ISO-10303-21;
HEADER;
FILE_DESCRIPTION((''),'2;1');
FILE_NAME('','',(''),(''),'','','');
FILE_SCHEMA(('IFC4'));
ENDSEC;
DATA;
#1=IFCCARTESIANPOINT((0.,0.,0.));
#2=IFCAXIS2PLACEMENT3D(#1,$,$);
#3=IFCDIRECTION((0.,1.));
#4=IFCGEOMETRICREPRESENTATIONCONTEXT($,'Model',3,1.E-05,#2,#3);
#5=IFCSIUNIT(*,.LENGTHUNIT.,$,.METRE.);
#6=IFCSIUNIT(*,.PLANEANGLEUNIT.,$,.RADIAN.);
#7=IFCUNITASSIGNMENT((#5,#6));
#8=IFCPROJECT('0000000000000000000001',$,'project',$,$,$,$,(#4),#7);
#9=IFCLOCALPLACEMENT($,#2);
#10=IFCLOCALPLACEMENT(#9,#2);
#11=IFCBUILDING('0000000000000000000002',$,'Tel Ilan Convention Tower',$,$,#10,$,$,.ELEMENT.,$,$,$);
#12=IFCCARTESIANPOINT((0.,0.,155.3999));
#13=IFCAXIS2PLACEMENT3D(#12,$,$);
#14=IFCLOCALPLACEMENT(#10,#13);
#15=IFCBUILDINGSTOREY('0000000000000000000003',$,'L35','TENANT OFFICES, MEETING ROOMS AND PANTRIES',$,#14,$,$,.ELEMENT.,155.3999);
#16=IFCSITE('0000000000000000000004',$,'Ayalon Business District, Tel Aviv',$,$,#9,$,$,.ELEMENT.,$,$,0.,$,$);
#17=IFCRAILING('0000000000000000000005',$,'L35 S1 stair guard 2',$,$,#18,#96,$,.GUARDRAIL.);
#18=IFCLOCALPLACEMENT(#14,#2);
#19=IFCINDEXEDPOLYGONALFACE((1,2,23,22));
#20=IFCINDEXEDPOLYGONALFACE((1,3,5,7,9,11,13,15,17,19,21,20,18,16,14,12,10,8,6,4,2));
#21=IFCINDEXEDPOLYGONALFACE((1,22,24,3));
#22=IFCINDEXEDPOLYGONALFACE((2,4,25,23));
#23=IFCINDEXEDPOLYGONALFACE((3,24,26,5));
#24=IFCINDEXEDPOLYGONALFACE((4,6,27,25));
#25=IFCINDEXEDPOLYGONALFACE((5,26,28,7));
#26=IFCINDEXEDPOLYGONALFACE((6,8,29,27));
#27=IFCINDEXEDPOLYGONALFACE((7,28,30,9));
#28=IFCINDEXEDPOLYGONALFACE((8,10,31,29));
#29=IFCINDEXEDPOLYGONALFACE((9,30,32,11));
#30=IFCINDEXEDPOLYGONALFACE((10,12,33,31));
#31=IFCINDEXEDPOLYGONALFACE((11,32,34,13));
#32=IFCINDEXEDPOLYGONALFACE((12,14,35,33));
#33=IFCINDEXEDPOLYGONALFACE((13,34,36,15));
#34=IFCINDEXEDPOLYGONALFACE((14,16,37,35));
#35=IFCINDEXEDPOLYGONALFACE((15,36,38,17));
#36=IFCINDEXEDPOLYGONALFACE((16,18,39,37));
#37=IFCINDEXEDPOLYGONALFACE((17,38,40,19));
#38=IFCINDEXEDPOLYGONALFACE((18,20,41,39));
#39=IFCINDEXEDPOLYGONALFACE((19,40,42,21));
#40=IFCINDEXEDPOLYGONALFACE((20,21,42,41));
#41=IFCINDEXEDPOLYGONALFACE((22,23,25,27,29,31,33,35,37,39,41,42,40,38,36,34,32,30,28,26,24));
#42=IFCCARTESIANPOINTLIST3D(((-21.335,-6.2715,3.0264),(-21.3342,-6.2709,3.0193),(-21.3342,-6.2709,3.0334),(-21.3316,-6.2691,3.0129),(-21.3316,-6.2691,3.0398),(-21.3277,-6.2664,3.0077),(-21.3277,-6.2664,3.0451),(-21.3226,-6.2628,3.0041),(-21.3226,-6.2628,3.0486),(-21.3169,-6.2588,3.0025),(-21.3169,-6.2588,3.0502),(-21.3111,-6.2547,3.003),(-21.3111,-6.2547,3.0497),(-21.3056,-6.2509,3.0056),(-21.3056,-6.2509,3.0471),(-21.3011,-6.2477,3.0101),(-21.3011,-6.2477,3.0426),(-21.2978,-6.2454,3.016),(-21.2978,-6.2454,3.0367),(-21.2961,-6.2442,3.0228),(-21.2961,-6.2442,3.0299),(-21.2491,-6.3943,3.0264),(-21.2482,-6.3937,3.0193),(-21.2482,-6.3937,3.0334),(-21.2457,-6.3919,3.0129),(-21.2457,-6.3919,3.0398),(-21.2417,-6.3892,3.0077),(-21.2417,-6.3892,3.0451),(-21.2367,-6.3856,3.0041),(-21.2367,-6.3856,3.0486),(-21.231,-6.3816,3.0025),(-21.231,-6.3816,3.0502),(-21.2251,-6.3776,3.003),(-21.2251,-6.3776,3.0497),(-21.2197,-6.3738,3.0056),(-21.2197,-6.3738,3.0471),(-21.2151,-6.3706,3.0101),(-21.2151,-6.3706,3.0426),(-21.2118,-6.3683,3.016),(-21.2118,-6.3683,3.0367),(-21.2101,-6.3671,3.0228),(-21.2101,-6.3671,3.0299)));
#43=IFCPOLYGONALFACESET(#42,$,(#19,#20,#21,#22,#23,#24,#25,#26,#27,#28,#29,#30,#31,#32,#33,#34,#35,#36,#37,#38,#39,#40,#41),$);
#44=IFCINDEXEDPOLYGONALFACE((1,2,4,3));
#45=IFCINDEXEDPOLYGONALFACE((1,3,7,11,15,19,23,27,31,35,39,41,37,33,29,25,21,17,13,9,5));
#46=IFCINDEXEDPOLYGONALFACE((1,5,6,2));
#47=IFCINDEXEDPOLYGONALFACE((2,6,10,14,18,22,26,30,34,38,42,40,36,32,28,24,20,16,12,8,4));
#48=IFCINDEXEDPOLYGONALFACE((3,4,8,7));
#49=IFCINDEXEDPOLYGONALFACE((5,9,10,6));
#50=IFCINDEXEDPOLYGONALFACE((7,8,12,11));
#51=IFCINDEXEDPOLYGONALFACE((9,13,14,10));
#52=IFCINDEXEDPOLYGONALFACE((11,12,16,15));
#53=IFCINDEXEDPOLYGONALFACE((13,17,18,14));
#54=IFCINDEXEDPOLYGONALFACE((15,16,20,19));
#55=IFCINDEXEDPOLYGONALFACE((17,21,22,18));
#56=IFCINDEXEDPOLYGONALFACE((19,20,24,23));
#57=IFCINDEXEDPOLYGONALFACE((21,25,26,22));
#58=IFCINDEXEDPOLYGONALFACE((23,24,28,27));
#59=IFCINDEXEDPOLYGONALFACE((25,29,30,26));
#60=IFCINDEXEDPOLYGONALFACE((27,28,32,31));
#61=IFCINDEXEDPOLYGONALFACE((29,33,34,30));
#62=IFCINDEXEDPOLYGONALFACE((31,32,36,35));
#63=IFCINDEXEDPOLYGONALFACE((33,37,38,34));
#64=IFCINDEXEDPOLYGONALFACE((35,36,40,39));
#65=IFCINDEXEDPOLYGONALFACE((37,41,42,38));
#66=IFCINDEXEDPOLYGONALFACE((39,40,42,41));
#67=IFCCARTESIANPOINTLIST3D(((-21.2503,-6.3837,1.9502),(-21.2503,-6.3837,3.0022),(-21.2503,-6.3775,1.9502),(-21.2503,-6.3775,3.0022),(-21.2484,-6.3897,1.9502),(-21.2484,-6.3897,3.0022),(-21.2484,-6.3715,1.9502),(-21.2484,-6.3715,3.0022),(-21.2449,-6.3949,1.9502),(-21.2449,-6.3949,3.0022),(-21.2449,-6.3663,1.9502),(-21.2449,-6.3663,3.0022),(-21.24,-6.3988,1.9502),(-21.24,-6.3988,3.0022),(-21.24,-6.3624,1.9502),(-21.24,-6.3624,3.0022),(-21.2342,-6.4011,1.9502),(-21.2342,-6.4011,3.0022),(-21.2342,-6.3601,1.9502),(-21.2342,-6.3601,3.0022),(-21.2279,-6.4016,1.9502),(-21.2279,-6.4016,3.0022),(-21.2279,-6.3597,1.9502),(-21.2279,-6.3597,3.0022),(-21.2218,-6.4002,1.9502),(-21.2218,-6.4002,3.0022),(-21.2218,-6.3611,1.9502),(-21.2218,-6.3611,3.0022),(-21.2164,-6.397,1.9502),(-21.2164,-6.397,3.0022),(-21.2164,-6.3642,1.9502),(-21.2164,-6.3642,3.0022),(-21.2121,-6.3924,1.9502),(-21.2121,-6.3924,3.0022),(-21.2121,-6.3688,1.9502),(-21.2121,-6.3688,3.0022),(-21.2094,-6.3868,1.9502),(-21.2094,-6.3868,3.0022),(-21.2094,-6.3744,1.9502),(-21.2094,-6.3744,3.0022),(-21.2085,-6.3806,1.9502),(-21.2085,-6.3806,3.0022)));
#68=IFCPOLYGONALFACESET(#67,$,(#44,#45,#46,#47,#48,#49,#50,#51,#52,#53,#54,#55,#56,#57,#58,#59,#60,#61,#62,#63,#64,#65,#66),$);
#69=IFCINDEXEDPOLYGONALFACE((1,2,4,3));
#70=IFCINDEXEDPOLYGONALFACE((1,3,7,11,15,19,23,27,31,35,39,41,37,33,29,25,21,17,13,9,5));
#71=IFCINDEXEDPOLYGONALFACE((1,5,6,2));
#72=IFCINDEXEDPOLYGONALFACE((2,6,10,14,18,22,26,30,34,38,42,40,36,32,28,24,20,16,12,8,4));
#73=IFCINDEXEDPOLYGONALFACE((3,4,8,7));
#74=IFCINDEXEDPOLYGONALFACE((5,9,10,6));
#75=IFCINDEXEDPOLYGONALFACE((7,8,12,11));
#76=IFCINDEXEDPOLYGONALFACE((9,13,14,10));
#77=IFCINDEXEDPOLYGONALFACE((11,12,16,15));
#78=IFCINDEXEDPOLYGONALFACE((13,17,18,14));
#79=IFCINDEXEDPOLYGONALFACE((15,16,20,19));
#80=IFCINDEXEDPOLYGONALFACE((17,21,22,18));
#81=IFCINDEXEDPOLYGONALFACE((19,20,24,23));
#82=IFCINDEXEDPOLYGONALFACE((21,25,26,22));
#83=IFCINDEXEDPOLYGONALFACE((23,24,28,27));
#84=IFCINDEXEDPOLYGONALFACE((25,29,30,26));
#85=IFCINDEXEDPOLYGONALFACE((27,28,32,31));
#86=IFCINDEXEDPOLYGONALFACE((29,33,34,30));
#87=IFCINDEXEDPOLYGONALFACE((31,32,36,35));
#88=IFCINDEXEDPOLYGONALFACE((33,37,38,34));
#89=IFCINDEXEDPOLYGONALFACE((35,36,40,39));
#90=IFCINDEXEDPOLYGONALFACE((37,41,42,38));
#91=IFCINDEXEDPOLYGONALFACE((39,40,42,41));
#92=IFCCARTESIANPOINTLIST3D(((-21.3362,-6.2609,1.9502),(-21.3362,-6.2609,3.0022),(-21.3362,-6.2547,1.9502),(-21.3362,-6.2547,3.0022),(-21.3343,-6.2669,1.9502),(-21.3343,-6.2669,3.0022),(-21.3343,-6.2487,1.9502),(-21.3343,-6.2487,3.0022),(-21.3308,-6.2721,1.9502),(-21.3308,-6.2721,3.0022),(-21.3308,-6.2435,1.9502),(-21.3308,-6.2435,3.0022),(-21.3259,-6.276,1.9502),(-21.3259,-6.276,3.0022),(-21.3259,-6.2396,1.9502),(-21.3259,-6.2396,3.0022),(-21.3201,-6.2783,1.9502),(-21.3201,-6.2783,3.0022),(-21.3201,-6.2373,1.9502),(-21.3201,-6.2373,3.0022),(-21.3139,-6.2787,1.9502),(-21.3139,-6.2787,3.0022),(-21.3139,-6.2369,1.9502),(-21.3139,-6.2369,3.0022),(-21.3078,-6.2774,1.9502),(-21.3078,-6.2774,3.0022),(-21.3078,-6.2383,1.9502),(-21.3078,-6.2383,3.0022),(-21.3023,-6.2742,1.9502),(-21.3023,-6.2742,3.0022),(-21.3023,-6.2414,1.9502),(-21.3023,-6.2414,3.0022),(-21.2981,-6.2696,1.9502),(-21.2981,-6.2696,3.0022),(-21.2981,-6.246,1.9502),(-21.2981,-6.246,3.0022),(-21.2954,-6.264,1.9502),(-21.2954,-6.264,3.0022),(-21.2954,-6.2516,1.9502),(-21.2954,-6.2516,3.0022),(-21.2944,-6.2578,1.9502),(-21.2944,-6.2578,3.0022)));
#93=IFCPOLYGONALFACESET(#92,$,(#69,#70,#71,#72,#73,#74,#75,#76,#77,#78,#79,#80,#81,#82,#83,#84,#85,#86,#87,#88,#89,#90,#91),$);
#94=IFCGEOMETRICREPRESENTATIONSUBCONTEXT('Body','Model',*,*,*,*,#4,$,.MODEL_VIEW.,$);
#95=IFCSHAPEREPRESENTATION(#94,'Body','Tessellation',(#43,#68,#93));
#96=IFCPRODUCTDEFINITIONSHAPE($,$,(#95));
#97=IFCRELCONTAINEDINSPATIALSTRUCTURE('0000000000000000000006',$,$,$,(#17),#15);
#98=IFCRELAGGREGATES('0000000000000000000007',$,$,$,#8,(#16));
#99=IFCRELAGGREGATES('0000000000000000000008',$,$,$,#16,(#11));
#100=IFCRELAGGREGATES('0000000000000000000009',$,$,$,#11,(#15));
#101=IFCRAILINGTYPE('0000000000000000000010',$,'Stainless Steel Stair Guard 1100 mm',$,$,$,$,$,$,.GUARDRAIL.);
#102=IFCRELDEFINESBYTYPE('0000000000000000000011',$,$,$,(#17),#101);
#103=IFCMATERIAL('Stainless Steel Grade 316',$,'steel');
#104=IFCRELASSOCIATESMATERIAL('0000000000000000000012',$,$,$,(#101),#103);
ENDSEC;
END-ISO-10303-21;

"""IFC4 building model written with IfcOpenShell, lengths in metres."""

from ifc_helpers import new_model, si_unit, direction, frame, origin, origin_2d, place, context, subcontext, project, spatial, circle, extrude, material, type_object, element, save


model = new_model("IFC4")

# Units and contexts
model_context = context("Model", 3, precision=1e-05, world=origin(), true_north=direction((0.0, 1.0)))
body_context = subcontext(model_context, "Body", "Model", "MODEL_VIEW")
ifc_project = project(units=[si_unit("LENGTHUNIT", "METRE"), si_unit("PLANEANGLEUNIT", "RADIAN")], contexts=[model_context])

# Site, building, storey
site_placement = place(None, origin())
site = spatial("IfcSite", under=ifc_project, at=site_placement, Name="Ayalon Business District, Tel Aviv", CompositionType="ELEMENT", RefElevation=0.0)
building_placement = place(site_placement, origin())
building = spatial("IfcBuilding", under=site, at=building_placement, Name="Tel Ilan Convention Tower", CompositionType="ELEMENT")
storey_placement = place(building_placement, frame((0.0, 0.0, 155.3999)))
storey = spatial("IfcBuildingStorey", under=building, at=storey_placement, Name="L35", Description="TENANT OFFICES, MEETING ROOMS AND PANTRIES", CompositionType="ELEMENT", Elevation=155.3999)

# Railing
ifc_material_1 = material(Name="Stainless Steel Grade 316", Category="steel")
railing_type_1 = type_object("IfcRailingType", Name="Stainless Steel Stair Guard 1100 mm", PredefinedType="GUARDRAIL", material=ifc_material_1)
railing_1_placement = place(storey_placement, frame((-21.2295, -6.3806, 1.9502)))
element("IfcRailing", 1, at=railing_1_placement, inside=storey, type_object=railing_type_1, Name="L35 S1 stair guard 2", PredefinedType="GUARDRAIL", context=body_context, shape_type="SweptSolid", body=[
    extrude(circle(Radius=0.0239, at=origin_2d()), frame((0.0, 0.0, 1.0762), z_axis=(-0.573353, 0.819308, 0.0), x_axis=(-0.819308, -0.573353, 0.0)), (0.0, 0.0, 1.0), 0.1499),
    extrude(circle(Radius=0.021, at=origin_2d()), origin(), (0.0, 0.0, 1.0), 1.052),
    extrude(circle(Radius=0.021, at=origin_2d()), frame((-0.0859, 0.1228, 0.0)), (0.0, 0.0, 1.0), 1.052),
])

save(model, "model.ifc")
